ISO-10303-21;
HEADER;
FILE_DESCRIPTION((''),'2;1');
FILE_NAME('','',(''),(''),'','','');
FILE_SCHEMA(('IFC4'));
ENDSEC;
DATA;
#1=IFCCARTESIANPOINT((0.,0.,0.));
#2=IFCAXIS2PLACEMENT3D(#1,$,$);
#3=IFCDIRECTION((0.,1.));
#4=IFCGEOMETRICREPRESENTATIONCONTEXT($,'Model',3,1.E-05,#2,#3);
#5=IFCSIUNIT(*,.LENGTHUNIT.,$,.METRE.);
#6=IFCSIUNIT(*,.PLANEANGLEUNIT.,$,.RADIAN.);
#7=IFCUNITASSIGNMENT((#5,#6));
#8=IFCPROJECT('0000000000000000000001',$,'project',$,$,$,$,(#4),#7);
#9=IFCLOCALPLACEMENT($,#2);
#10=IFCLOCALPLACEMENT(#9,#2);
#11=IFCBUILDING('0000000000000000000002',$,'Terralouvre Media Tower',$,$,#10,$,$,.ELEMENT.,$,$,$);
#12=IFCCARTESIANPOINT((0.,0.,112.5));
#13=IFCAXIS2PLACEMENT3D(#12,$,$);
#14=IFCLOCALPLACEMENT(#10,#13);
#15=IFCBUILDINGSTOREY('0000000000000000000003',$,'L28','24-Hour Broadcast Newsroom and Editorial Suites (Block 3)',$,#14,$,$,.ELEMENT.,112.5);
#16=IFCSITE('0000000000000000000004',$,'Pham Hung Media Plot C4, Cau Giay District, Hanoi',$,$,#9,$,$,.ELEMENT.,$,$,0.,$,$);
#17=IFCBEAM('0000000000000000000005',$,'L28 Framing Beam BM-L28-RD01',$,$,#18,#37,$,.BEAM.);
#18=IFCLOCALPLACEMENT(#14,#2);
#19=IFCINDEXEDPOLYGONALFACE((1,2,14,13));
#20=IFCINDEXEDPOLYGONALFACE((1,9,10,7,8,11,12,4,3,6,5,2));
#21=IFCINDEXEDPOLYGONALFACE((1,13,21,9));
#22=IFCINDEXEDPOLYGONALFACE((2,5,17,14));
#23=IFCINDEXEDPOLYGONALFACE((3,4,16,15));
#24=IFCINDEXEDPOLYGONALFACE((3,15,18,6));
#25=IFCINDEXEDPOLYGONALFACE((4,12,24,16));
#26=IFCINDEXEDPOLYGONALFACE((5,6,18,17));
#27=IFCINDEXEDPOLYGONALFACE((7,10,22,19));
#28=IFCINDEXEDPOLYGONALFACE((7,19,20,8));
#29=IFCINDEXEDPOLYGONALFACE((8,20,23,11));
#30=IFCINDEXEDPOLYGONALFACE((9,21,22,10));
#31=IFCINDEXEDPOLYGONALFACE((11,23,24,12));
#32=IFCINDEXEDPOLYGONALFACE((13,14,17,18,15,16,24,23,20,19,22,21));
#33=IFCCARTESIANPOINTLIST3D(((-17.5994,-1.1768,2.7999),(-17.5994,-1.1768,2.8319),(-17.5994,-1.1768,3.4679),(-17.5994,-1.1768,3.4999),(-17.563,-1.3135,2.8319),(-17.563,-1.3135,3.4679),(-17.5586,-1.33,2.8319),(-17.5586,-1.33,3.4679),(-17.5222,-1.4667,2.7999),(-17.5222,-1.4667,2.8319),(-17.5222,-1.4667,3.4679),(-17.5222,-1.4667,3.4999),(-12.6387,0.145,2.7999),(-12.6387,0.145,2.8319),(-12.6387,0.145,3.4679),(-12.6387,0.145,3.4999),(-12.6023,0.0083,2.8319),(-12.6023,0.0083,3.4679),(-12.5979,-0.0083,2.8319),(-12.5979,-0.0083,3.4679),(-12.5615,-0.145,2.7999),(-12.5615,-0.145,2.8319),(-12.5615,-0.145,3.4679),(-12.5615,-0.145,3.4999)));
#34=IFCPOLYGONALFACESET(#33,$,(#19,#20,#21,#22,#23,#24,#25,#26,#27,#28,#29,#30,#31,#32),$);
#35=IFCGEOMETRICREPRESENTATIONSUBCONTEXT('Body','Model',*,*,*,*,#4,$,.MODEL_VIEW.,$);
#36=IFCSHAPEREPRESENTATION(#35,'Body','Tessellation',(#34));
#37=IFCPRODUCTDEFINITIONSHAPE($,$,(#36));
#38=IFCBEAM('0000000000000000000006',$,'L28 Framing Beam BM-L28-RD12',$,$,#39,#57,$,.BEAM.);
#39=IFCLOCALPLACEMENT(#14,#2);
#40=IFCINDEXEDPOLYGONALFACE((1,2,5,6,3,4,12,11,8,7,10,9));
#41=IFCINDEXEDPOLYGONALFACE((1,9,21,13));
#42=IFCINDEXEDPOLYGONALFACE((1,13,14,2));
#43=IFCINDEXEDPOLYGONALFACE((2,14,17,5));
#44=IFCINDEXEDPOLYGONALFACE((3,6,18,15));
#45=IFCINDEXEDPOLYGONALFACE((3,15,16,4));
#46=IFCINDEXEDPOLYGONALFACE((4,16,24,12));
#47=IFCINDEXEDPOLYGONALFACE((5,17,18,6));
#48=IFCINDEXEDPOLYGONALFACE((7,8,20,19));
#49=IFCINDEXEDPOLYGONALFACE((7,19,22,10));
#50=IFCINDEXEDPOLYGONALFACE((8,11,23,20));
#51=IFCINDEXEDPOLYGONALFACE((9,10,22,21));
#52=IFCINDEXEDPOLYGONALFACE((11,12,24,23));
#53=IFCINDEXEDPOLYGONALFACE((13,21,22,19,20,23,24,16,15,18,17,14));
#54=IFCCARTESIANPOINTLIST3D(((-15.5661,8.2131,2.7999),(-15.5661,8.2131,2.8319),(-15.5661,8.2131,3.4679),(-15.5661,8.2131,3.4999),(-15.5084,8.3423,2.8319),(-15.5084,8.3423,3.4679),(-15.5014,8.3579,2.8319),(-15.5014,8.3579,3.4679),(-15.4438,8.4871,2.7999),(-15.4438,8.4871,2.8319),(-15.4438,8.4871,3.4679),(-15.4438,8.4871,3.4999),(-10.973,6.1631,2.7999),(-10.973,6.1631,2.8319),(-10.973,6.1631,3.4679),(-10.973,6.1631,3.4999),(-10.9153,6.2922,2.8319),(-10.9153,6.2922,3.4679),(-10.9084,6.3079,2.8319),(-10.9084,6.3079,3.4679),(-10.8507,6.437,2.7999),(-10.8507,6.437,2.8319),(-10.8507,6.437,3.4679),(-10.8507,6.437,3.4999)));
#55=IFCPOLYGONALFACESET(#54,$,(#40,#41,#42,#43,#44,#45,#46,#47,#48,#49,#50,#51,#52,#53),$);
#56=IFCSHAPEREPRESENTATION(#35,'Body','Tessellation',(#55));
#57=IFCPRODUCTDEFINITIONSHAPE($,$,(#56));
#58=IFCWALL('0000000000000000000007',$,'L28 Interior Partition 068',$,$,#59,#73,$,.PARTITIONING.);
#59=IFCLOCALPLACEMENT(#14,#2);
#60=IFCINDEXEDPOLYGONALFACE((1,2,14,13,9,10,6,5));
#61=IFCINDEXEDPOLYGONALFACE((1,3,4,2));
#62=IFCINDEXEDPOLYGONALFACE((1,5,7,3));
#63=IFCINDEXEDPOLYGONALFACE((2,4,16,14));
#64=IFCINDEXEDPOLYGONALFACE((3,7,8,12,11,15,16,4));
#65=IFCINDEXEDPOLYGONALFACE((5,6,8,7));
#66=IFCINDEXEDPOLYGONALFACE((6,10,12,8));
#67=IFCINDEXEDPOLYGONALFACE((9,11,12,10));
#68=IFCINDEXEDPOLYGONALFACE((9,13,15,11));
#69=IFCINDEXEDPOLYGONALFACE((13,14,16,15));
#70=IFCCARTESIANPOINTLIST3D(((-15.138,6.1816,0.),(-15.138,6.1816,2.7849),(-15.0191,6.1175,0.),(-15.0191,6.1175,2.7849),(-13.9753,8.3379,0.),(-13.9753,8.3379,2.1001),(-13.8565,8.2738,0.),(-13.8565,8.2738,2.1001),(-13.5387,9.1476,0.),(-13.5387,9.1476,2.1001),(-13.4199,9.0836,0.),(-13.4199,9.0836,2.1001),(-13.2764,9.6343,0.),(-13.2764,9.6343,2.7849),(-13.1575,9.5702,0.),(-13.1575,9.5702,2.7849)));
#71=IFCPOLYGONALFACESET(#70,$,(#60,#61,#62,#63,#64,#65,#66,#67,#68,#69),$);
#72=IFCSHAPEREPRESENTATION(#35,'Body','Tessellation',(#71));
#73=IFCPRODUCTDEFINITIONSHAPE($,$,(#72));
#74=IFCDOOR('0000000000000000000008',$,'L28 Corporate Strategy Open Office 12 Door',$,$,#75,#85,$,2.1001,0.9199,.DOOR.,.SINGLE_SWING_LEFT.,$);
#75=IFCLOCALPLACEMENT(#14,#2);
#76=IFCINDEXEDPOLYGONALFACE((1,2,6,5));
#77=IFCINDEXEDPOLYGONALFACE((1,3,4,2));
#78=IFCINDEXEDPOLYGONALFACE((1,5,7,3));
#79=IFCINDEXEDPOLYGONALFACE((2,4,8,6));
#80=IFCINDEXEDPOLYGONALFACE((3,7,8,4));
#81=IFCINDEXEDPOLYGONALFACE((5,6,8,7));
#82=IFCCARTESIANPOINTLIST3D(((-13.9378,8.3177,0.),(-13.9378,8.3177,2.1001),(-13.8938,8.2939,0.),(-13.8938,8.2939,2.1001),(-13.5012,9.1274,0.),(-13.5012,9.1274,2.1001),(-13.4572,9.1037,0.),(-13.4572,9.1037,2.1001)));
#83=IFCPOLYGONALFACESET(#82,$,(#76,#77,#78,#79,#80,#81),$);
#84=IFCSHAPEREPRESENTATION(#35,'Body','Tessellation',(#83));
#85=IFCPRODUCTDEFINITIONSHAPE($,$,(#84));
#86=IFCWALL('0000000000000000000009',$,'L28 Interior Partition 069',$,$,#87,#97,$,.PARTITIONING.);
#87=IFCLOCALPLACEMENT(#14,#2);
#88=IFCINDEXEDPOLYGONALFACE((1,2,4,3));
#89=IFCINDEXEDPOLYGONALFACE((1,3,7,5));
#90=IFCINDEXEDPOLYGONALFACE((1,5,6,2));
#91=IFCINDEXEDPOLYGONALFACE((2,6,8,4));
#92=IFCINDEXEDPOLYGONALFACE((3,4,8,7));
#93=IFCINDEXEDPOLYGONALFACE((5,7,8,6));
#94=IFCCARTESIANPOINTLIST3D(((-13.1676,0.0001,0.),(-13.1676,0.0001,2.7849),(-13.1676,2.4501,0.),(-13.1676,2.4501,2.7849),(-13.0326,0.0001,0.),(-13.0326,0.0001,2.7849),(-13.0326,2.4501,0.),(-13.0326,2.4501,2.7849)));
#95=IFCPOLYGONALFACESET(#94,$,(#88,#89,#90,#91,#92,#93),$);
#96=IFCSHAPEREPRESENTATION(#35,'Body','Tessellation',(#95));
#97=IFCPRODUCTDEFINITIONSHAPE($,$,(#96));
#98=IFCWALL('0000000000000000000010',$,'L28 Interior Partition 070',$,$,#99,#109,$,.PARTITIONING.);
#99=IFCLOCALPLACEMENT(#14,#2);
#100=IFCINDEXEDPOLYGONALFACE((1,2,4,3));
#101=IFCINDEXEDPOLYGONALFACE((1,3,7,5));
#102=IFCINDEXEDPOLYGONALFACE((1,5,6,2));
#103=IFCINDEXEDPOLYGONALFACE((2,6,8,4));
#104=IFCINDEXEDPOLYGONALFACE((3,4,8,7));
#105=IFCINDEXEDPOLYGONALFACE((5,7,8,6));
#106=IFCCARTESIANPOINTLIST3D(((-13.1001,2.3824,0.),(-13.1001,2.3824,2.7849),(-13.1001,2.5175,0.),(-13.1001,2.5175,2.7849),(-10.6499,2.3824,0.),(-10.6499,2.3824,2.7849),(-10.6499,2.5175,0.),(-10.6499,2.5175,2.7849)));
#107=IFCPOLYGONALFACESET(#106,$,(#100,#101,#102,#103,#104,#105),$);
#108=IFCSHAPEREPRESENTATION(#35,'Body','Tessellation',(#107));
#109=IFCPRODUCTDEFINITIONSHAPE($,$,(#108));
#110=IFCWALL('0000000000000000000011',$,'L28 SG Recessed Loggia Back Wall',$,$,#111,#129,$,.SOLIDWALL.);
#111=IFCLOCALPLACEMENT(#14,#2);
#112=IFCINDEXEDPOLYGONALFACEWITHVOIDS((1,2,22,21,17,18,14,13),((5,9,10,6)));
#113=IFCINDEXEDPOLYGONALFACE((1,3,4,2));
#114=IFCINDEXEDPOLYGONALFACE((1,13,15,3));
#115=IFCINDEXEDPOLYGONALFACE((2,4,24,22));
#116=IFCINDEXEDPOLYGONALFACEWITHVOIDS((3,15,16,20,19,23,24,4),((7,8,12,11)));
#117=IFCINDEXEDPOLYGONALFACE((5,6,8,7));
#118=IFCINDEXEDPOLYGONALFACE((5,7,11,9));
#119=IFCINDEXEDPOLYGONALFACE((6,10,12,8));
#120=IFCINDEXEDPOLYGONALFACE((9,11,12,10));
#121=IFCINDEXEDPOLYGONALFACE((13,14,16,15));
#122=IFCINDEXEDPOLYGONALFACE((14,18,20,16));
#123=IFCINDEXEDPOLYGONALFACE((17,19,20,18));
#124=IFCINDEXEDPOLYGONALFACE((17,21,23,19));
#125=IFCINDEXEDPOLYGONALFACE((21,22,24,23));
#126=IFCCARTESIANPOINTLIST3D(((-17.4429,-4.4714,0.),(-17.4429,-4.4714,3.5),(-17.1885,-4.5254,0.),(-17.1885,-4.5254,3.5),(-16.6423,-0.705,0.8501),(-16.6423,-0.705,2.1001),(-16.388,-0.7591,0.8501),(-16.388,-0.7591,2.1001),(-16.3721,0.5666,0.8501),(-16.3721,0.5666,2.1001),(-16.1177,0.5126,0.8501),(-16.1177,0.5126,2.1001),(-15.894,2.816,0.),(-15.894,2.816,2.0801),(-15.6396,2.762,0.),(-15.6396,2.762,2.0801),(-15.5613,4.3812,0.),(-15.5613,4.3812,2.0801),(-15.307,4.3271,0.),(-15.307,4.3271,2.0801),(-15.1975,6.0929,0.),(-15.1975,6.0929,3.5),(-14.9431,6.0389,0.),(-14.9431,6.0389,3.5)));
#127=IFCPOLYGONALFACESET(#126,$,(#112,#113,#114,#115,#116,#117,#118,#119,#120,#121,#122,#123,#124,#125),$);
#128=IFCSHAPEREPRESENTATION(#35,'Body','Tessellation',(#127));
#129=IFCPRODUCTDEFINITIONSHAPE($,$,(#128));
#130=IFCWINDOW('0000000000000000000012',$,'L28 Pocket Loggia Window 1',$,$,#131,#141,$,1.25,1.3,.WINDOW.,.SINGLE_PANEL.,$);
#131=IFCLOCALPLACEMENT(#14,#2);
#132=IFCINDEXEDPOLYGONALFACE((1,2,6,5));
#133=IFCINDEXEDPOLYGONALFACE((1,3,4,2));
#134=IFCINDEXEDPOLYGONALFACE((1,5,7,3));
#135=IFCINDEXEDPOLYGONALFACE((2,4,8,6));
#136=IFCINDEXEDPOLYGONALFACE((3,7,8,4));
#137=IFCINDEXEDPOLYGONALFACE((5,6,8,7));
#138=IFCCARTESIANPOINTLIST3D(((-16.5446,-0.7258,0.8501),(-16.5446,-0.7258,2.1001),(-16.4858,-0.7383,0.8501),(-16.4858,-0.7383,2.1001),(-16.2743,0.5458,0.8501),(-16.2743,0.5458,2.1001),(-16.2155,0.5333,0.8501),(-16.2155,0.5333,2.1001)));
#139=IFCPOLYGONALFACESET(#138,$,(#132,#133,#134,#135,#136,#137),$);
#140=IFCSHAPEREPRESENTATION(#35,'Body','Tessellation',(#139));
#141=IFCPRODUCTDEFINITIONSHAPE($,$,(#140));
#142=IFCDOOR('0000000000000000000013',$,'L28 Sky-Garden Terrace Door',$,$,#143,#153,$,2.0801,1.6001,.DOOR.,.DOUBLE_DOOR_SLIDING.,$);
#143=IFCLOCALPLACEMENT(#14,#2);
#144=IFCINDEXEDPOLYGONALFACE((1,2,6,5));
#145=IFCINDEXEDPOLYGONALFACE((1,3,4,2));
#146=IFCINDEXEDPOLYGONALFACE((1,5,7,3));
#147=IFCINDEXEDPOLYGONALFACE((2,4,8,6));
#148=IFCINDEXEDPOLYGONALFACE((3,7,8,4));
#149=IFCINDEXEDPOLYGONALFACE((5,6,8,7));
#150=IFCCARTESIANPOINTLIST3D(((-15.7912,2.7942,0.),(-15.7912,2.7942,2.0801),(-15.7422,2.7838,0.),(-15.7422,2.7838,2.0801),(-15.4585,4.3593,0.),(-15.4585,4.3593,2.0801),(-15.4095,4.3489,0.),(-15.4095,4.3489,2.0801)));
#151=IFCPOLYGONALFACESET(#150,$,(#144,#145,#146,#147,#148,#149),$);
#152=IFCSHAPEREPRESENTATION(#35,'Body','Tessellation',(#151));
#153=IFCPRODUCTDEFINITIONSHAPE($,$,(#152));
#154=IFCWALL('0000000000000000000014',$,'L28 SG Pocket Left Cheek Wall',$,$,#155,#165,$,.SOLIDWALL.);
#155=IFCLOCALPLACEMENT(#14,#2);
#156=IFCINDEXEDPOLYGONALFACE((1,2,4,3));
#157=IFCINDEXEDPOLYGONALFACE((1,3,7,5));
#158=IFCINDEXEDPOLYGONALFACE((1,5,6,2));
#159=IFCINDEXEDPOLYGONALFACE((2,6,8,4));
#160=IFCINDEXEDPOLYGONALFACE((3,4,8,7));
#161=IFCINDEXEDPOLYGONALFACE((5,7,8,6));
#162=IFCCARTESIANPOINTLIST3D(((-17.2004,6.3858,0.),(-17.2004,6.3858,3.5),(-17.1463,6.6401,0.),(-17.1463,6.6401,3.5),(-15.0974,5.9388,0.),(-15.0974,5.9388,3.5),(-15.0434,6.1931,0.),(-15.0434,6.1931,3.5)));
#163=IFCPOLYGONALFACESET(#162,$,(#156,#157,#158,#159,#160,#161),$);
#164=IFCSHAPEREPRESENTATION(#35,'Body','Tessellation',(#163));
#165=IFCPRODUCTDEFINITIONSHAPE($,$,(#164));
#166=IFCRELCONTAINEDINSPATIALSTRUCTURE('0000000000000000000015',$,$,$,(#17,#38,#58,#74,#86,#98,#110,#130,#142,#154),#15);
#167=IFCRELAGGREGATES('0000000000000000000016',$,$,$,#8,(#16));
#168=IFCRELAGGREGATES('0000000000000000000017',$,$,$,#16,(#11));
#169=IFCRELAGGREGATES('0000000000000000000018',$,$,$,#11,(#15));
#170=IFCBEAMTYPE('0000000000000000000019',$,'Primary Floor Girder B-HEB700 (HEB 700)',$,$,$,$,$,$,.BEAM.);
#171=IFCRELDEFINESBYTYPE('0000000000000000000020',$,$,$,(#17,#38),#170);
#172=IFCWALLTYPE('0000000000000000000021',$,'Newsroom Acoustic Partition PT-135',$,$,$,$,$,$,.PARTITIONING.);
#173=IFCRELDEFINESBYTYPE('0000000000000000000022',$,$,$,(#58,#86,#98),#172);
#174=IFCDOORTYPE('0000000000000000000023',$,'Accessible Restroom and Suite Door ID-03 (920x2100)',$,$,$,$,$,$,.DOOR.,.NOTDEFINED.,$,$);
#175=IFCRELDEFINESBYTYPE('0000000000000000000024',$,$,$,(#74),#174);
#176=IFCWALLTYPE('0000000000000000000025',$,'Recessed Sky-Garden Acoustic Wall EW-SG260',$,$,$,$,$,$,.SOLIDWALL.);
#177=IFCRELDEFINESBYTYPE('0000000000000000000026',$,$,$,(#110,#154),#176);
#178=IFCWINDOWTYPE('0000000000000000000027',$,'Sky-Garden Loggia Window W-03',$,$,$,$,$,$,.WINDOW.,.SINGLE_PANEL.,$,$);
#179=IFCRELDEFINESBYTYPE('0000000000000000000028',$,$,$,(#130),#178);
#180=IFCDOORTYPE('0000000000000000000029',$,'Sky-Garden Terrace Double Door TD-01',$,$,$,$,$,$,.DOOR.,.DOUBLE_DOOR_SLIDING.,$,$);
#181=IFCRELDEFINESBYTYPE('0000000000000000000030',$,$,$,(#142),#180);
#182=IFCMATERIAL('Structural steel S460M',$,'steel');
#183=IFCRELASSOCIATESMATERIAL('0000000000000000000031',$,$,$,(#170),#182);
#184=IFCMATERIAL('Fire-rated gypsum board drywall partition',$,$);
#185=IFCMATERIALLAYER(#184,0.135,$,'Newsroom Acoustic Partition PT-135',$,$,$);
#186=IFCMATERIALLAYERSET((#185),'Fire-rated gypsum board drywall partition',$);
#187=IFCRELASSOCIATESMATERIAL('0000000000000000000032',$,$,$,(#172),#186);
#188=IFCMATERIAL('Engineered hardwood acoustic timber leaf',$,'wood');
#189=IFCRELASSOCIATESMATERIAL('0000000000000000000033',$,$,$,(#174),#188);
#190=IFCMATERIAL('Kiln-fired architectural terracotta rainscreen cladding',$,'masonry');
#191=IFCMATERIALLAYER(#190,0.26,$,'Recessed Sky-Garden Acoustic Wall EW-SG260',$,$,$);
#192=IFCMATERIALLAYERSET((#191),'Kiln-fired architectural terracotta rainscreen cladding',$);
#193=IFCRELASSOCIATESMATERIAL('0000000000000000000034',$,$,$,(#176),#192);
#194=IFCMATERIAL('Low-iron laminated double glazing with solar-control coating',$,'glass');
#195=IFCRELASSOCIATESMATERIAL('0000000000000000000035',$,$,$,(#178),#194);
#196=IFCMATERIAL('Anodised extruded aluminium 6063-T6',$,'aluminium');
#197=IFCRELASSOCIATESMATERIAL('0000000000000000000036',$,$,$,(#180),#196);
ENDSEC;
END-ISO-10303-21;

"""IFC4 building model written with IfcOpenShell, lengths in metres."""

from ifc_helpers import new_model, si_unit, direction, frame, frame_2d, origin, origin_2d, place, context, subcontext, project, spatial, rectangle, i_section, extrude, material, layer, layer_set, material_profile, profile_set, type_object, element, fill, save


model = new_model("IFC4")

# Units and contexts
model_context = context("Model", 3, precision=1e-05, world=origin(), true_north=direction((0.0, 1.0)))
body_context = subcontext(model_context, "Body", "Model", "MODEL_VIEW")
ifc_project = project(units=[si_unit("LENGTHUNIT", "METRE"), si_unit("PLANEANGLEUNIT", "RADIAN")], contexts=[model_context])

# Site, building, storey
site_placement = place(None, origin())
site = spatial("IfcSite", under=ifc_project, at=site_placement, Name="Pham Hung Media Plot C4, Cau Giay District, Hanoi", CompositionType="ELEMENT", RefElevation=0.0)
building_placement = place(site_placement, origin())
building = spatial("IfcBuilding", under=site, at=building_placement, Name="Terralouvre Media Tower", CompositionType="ELEMENT")
storey_placement = place(building_placement, frame((0.0, 0.0, 112.5)))
storey = spatial("IfcBuildingStorey", under=building, at=storey_placement, Name="L28", Description="24-Hour Broadcast Newsroom and Editorial Suites (Block 3)", CompositionType="ELEMENT", Elevation=112.5)

# Beams
ifc_material_1 = material(Name="Structural steel S460M", Category="steel")
ifc_material_profile_1 = material_profile(ifc_material_1, i_section(OverallWidth=0.3, OverallDepth=0.7, WebThickness=0.0171, FlangeThickness=0.032, at=origin_2d()), Name="HEB 700")
ifc_profile_set_1 = profile_set([ifc_material_profile_1], Name="Structural steel S460M")
beam_type_1 = type_object("IfcBeamType", Name="Primary Floor Girder B-HEB700 (HEB 700)", PredefinedType="BEAM", material=ifc_profile_set_1)
beam_1_placement = place(storey_placement, frame((-12.6001, 0.0, 3.1499), z_axis=(-0.966287, -0.257467, 0.0), x_axis=(0.257467, -0.966287, 0.0)))
element("IfcBeam", 1, at=beam_1_placement, inside=storey, type_object=beam_type_1, Name="L28 Framing Beam BM-L28-RD01", PredefinedType="BEAM", context=body_context, shape_type="SweptSolid", body=[
    extrude(i_section(OverallWidth=0.3, OverallDepth=0.7, WebThickness=0.0171, FlangeThickness=0.032, at=origin_2d()), origin(), (0.0, 0.0, 1.0), 5.1338),
])
beam_2_placement = place(storey_placement, frame((-10.9119, 6.3, 3.1499), z_axis=(-0.913168, 0.407584, 0.0), x_axis=(-0.407584, -0.913168, 0.0)))
element("IfcBeam", 2, at=beam_2_placement, inside=storey, type_object=beam_type_1, Name="L28 Framing Beam BM-L28-RD12", PredefinedType="BEAM", context=body_context, shape_type="SweptSolid", body=[
    extrude(i_section(OverallWidth=0.3, OverallDepth=0.7, WebThickness=0.0171, FlangeThickness=0.032, at=origin_2d()), origin(), (0.0, 0.0, 1.0), 5.0298),
])

# Wall, opening, door
ifc_material_2 = material(Name="Fire-rated gypsum board drywall partition")
ifc_layer_1 = layer(ifc_material_2, 0.135, Name="Newsroom Acoustic Partition PT-135")
ifc_layer_set_1 = layer_set([ifc_layer_1], Name="Fire-rated gypsum board drywall partition")
wall_type_1 = type_object("IfcWallType", Name="Newsroom Acoustic Partition PT-135", PredefinedType="PARTITIONING", material=ifc_layer_set_1)
wall_1_placement = place(storey_placement, frame((-15.0786, 6.1494, 0.0), z_axis=(0.0, 0.0, 1.0), x_axis=(0.474586, 0.880209, 0.0)))
wall_1 = element("IfcWall", 3, at=wall_1_placement, inside=storey, type_object=wall_type_1, Name="L28 Interior Partition 068", PredefinedType="PARTITIONING", context=body_context, shape_type="SweptSolid", body=[
    extrude(rectangle(XDim=3.9226, YDim=0.135, at=frame_2d((1.9614, 0.0))), origin(), (0.0, 0.0, 1.0), 2.7849),
])
opening_1_placement = place(wall_1_placement, frame((2.45, 0.0, 0.0)))
opening_1 = element("IfcOpeningElement", 4, at=opening_1_placement, cuts=wall_1, PredefinedType="OPENING", context=body_context, shape_type="SweptSolid", body=[
    extrude(rectangle(XDim=0.9199, YDim=2.1001, at=frame_2d((0.46, 1.05))), frame((0.0, 0.0774, 0.0), z_axis=(0.0, -1.0, 0.0), x_axis=(1.0, 0.0, 0.0)), (0.0, 0.0, 1.0), 0.155),
])
ifc_material_3 = material(Name="Engineered hardwood acoustic timber leaf", Category="wood")
door_type_1 = type_object("IfcDoorType", Name="Accessible Restroom and Suite Door ID-03 (920x2100)", OperationType="NOTDEFINED", PredefinedType="DOOR", material=ifc_material_3)
door_1_placement = place(opening_1_placement, origin())
door_1 = element("IfcDoor", 5, at=door_1_placement, inside=storey, type_object=door_type_1, Name="L28 Corporate Strategy Open Office 12 Door", OperationType="SINGLE_SWING_LEFT", OverallHeight=2.1001, OverallWidth=0.9199, PredefinedType="DOOR", context=body_context, shape_type="SweptSolid", body=[
    extrude(rectangle(XDim=0.9199, YDim=2.1001, at=frame_2d((0.46, 1.05))), frame((0.0, 0.0249, 0.0), z_axis=(0.0, -1.0, 0.0), x_axis=(1.0, 0.0, 0.0)), (0.0, 0.0, 1.0), 0.05),
])
fill(opening_1, door_1)

# Walls
wall_2_placement = place(storey_placement, frame((-13.1001, 0.0, 0.0), z_axis=(0.0, 0.0, 1.0), x_axis=(0.0, 1.0, 0.0)))
element("IfcWall", 6, at=wall_2_placement, inside=storey, type_object=wall_type_1, Name="L28 Interior Partition 069", PredefinedType="PARTITIONING", context=body_context, shape_type="SweptSolid", body=[
    extrude(rectangle(XDim=2.45, YDim=0.135, at=frame_2d((1.2251, 0.0))), origin(), (0.0, 0.0, 1.0), 2.7849),
])
wall_3_placement = place(storey_placement, frame((-13.1001, 2.45, 0.0), z_axis=(0.0, 0.0, 1.0), x_axis=(1.0, 0.0, 0.0)))
element("IfcWall", 7, at=wall_3_placement, inside=storey, type_object=wall_type_1, Name="L28 Interior Partition 070", PredefinedType="PARTITIONING", context=body_context, shape_type="SweptSolid", body=[
    extrude(rectangle(XDim=2.4502, YDim=0.135, at=frame_2d((1.2251, 0.0))), origin(), (0.0, 0.0, 1.0), 2.7849),
])

# Wall, openings, window, door
ifc_material_4 = material(Name="Kiln-fired architectural terracotta rainscreen cladding", Category="masonry")
ifc_layer_2 = layer(ifc_material_4, 0.26, Name="Recessed Sky-Garden Acoustic Wall EW-SG260")
ifc_layer_set_2 = layer_set([ifc_layer_2], Name="Kiln-fired architectural terracotta rainscreen cladding")
wall_type_2 = type_object("IfcWallType", Name="Recessed Sky-Garden Acoustic Wall EW-SG260", PredefinedType="SOLIDWALL", material=ifc_layer_set_2)
wall_4_placement = place(storey_placement, frame((-15.0703, 6.0659, 0.0), z_axis=(0.0, 0.0, 1.0), x_axis=(-0.2079, -0.97815, 0.0)))
wall_4 = element("IfcWall", 8, at=wall_4_placement, inside=storey, type_object=wall_type_2, Name="L28 SG Recessed Loggia Back Wall", PredefinedType="SOLIDWALL", context=body_context, shape_type="SweptSolid", body=[
    extrude(rectangle(XDim=10.8003, YDim=0.26, at=frame_2d((5.4001, 0.0))), origin(), (0.0, 0.0, 1.0), 3.5),
])
opening_2_placement = place(wall_4_placement, frame((1.75, 0.0, 0.0)))
opening_2 = element("IfcOpeningElement", 9, at=opening_2_placement, cuts=wall_4, PredefinedType="OPENING", context=body_context, shape_type="SweptSolid", body=[
    extrude(rectangle(XDim=1.6001, YDim=2.0801, at=frame_2d((0.8, 1.04))), frame((0.0, 0.1399, 0.0), z_axis=(0.0, -1.0, 0.0), x_axis=(1.0, 0.0, 0.0)), (0.0, 0.0, 1.0), 0.28),
])
opening_3_placement = place(wall_4_placement, frame((5.6499, 0.0, 0.8501)))
opening_3 = element("IfcOpeningElement", 10, at=opening_3_placement, cuts=wall_4, PredefinedType="OPENING", context=body_context, shape_type="SweptSolid", body=[
    extrude(rectangle(XDim=1.3, YDim=1.25, at=frame_2d((0.6499, 0.625))), frame((0.0, 0.1399, 0.0), z_axis=(0.0, -1.0, 0.0), x_axis=(1.0, 0.0, 0.0)), (0.0, 0.0, 1.0), 0.28),
])
ifc_material_5 = material(Name="Low-iron laminated double glazing with solar-control coating", Category="glass")
window_type = type_object("IfcWindowType", Name="Sky-Garden Loggia Window W-03", PartitioningType="SINGLE_PANEL", PredefinedType="WINDOW", material=ifc_material_5)
window_placement = place(opening_3_placement, origin())
window = element("IfcWindow", 11, at=window_placement, inside=storey, type_object=window_type, Name="L28 Pocket Loggia Window 1", OverallHeight=1.25, OverallWidth=1.3, PartitioningType="SINGLE_PANEL", PredefinedType="WINDOW", context=body_context, shape_type="SweptSolid", body=[
    extrude(rectangle(XDim=1.3, YDim=1.25, at=frame_2d((0.6499, 0.625))), frame((0.0, 0.03, 0.0), z_axis=(0.0, -1.0, 0.0), x_axis=(1.0, 0.0, 0.0)), (0.0, 0.0, 1.0), 0.0601),
])
fill(opening_3, window)
ifc_material_6 = material(Name="Anodised extruded aluminium 6063-T6", Category="aluminium")
door_type_2 = type_object("IfcDoorType", Name="Sky-Garden Terrace Double Door TD-01", OperationType="DOUBLE_DOOR_SLIDING", PredefinedType="DOOR", material=ifc_material_6)
door_2_placement = place(opening_2_placement, frame((1.6001, 0.0, 0.0), z_axis=(0.0, 0.0, 1.0), x_axis=(-1.0, 0.0, 0.0)))
door_2 = element("IfcDoor", 12, at=door_2_placement, inside=storey, type_object=door_type_2, Name="L28 Sky-Garden Terrace Door", OperationType="DOUBLE_DOOR_SLIDING", OverallHeight=2.0801, OverallWidth=1.6001, PredefinedType="DOOR", context=body_context, shape_type="SweptSolid", body=[
    extrude(rectangle(XDim=1.6001, YDim=2.0801, at=frame_2d((0.8, 1.04))), frame((0.0, 0.0249, 0.0), z_axis=(0.0, -1.0, 0.0), x_axis=(1.0, 0.0, 0.0)), (0.0, 0.0, 1.0), 0.05),
])
fill(opening_2, door_2)

# Wall
wall_5_placement = place(storey_placement, frame((-17.1733, 6.5129, 0.0), z_axis=(0.0, 0.0, 1.0), x_axis=(0.978147, -0.207916, 0.0)))
element("IfcWall", 13, at=wall_5_placement, inside=storey, type_object=wall_type_2, Name="L28 SG Pocket Left Cheek Wall", PredefinedType="SOLIDWALL", context=body_context, shape_type="SweptSolid", body=[
    extrude(rectangle(XDim=2.1499, YDim=0.26, at=frame_2d((1.075, 0.0))), origin(), (0.0, 0.0, 1.0), 3.5),
])

save(model, "model.ifc")
